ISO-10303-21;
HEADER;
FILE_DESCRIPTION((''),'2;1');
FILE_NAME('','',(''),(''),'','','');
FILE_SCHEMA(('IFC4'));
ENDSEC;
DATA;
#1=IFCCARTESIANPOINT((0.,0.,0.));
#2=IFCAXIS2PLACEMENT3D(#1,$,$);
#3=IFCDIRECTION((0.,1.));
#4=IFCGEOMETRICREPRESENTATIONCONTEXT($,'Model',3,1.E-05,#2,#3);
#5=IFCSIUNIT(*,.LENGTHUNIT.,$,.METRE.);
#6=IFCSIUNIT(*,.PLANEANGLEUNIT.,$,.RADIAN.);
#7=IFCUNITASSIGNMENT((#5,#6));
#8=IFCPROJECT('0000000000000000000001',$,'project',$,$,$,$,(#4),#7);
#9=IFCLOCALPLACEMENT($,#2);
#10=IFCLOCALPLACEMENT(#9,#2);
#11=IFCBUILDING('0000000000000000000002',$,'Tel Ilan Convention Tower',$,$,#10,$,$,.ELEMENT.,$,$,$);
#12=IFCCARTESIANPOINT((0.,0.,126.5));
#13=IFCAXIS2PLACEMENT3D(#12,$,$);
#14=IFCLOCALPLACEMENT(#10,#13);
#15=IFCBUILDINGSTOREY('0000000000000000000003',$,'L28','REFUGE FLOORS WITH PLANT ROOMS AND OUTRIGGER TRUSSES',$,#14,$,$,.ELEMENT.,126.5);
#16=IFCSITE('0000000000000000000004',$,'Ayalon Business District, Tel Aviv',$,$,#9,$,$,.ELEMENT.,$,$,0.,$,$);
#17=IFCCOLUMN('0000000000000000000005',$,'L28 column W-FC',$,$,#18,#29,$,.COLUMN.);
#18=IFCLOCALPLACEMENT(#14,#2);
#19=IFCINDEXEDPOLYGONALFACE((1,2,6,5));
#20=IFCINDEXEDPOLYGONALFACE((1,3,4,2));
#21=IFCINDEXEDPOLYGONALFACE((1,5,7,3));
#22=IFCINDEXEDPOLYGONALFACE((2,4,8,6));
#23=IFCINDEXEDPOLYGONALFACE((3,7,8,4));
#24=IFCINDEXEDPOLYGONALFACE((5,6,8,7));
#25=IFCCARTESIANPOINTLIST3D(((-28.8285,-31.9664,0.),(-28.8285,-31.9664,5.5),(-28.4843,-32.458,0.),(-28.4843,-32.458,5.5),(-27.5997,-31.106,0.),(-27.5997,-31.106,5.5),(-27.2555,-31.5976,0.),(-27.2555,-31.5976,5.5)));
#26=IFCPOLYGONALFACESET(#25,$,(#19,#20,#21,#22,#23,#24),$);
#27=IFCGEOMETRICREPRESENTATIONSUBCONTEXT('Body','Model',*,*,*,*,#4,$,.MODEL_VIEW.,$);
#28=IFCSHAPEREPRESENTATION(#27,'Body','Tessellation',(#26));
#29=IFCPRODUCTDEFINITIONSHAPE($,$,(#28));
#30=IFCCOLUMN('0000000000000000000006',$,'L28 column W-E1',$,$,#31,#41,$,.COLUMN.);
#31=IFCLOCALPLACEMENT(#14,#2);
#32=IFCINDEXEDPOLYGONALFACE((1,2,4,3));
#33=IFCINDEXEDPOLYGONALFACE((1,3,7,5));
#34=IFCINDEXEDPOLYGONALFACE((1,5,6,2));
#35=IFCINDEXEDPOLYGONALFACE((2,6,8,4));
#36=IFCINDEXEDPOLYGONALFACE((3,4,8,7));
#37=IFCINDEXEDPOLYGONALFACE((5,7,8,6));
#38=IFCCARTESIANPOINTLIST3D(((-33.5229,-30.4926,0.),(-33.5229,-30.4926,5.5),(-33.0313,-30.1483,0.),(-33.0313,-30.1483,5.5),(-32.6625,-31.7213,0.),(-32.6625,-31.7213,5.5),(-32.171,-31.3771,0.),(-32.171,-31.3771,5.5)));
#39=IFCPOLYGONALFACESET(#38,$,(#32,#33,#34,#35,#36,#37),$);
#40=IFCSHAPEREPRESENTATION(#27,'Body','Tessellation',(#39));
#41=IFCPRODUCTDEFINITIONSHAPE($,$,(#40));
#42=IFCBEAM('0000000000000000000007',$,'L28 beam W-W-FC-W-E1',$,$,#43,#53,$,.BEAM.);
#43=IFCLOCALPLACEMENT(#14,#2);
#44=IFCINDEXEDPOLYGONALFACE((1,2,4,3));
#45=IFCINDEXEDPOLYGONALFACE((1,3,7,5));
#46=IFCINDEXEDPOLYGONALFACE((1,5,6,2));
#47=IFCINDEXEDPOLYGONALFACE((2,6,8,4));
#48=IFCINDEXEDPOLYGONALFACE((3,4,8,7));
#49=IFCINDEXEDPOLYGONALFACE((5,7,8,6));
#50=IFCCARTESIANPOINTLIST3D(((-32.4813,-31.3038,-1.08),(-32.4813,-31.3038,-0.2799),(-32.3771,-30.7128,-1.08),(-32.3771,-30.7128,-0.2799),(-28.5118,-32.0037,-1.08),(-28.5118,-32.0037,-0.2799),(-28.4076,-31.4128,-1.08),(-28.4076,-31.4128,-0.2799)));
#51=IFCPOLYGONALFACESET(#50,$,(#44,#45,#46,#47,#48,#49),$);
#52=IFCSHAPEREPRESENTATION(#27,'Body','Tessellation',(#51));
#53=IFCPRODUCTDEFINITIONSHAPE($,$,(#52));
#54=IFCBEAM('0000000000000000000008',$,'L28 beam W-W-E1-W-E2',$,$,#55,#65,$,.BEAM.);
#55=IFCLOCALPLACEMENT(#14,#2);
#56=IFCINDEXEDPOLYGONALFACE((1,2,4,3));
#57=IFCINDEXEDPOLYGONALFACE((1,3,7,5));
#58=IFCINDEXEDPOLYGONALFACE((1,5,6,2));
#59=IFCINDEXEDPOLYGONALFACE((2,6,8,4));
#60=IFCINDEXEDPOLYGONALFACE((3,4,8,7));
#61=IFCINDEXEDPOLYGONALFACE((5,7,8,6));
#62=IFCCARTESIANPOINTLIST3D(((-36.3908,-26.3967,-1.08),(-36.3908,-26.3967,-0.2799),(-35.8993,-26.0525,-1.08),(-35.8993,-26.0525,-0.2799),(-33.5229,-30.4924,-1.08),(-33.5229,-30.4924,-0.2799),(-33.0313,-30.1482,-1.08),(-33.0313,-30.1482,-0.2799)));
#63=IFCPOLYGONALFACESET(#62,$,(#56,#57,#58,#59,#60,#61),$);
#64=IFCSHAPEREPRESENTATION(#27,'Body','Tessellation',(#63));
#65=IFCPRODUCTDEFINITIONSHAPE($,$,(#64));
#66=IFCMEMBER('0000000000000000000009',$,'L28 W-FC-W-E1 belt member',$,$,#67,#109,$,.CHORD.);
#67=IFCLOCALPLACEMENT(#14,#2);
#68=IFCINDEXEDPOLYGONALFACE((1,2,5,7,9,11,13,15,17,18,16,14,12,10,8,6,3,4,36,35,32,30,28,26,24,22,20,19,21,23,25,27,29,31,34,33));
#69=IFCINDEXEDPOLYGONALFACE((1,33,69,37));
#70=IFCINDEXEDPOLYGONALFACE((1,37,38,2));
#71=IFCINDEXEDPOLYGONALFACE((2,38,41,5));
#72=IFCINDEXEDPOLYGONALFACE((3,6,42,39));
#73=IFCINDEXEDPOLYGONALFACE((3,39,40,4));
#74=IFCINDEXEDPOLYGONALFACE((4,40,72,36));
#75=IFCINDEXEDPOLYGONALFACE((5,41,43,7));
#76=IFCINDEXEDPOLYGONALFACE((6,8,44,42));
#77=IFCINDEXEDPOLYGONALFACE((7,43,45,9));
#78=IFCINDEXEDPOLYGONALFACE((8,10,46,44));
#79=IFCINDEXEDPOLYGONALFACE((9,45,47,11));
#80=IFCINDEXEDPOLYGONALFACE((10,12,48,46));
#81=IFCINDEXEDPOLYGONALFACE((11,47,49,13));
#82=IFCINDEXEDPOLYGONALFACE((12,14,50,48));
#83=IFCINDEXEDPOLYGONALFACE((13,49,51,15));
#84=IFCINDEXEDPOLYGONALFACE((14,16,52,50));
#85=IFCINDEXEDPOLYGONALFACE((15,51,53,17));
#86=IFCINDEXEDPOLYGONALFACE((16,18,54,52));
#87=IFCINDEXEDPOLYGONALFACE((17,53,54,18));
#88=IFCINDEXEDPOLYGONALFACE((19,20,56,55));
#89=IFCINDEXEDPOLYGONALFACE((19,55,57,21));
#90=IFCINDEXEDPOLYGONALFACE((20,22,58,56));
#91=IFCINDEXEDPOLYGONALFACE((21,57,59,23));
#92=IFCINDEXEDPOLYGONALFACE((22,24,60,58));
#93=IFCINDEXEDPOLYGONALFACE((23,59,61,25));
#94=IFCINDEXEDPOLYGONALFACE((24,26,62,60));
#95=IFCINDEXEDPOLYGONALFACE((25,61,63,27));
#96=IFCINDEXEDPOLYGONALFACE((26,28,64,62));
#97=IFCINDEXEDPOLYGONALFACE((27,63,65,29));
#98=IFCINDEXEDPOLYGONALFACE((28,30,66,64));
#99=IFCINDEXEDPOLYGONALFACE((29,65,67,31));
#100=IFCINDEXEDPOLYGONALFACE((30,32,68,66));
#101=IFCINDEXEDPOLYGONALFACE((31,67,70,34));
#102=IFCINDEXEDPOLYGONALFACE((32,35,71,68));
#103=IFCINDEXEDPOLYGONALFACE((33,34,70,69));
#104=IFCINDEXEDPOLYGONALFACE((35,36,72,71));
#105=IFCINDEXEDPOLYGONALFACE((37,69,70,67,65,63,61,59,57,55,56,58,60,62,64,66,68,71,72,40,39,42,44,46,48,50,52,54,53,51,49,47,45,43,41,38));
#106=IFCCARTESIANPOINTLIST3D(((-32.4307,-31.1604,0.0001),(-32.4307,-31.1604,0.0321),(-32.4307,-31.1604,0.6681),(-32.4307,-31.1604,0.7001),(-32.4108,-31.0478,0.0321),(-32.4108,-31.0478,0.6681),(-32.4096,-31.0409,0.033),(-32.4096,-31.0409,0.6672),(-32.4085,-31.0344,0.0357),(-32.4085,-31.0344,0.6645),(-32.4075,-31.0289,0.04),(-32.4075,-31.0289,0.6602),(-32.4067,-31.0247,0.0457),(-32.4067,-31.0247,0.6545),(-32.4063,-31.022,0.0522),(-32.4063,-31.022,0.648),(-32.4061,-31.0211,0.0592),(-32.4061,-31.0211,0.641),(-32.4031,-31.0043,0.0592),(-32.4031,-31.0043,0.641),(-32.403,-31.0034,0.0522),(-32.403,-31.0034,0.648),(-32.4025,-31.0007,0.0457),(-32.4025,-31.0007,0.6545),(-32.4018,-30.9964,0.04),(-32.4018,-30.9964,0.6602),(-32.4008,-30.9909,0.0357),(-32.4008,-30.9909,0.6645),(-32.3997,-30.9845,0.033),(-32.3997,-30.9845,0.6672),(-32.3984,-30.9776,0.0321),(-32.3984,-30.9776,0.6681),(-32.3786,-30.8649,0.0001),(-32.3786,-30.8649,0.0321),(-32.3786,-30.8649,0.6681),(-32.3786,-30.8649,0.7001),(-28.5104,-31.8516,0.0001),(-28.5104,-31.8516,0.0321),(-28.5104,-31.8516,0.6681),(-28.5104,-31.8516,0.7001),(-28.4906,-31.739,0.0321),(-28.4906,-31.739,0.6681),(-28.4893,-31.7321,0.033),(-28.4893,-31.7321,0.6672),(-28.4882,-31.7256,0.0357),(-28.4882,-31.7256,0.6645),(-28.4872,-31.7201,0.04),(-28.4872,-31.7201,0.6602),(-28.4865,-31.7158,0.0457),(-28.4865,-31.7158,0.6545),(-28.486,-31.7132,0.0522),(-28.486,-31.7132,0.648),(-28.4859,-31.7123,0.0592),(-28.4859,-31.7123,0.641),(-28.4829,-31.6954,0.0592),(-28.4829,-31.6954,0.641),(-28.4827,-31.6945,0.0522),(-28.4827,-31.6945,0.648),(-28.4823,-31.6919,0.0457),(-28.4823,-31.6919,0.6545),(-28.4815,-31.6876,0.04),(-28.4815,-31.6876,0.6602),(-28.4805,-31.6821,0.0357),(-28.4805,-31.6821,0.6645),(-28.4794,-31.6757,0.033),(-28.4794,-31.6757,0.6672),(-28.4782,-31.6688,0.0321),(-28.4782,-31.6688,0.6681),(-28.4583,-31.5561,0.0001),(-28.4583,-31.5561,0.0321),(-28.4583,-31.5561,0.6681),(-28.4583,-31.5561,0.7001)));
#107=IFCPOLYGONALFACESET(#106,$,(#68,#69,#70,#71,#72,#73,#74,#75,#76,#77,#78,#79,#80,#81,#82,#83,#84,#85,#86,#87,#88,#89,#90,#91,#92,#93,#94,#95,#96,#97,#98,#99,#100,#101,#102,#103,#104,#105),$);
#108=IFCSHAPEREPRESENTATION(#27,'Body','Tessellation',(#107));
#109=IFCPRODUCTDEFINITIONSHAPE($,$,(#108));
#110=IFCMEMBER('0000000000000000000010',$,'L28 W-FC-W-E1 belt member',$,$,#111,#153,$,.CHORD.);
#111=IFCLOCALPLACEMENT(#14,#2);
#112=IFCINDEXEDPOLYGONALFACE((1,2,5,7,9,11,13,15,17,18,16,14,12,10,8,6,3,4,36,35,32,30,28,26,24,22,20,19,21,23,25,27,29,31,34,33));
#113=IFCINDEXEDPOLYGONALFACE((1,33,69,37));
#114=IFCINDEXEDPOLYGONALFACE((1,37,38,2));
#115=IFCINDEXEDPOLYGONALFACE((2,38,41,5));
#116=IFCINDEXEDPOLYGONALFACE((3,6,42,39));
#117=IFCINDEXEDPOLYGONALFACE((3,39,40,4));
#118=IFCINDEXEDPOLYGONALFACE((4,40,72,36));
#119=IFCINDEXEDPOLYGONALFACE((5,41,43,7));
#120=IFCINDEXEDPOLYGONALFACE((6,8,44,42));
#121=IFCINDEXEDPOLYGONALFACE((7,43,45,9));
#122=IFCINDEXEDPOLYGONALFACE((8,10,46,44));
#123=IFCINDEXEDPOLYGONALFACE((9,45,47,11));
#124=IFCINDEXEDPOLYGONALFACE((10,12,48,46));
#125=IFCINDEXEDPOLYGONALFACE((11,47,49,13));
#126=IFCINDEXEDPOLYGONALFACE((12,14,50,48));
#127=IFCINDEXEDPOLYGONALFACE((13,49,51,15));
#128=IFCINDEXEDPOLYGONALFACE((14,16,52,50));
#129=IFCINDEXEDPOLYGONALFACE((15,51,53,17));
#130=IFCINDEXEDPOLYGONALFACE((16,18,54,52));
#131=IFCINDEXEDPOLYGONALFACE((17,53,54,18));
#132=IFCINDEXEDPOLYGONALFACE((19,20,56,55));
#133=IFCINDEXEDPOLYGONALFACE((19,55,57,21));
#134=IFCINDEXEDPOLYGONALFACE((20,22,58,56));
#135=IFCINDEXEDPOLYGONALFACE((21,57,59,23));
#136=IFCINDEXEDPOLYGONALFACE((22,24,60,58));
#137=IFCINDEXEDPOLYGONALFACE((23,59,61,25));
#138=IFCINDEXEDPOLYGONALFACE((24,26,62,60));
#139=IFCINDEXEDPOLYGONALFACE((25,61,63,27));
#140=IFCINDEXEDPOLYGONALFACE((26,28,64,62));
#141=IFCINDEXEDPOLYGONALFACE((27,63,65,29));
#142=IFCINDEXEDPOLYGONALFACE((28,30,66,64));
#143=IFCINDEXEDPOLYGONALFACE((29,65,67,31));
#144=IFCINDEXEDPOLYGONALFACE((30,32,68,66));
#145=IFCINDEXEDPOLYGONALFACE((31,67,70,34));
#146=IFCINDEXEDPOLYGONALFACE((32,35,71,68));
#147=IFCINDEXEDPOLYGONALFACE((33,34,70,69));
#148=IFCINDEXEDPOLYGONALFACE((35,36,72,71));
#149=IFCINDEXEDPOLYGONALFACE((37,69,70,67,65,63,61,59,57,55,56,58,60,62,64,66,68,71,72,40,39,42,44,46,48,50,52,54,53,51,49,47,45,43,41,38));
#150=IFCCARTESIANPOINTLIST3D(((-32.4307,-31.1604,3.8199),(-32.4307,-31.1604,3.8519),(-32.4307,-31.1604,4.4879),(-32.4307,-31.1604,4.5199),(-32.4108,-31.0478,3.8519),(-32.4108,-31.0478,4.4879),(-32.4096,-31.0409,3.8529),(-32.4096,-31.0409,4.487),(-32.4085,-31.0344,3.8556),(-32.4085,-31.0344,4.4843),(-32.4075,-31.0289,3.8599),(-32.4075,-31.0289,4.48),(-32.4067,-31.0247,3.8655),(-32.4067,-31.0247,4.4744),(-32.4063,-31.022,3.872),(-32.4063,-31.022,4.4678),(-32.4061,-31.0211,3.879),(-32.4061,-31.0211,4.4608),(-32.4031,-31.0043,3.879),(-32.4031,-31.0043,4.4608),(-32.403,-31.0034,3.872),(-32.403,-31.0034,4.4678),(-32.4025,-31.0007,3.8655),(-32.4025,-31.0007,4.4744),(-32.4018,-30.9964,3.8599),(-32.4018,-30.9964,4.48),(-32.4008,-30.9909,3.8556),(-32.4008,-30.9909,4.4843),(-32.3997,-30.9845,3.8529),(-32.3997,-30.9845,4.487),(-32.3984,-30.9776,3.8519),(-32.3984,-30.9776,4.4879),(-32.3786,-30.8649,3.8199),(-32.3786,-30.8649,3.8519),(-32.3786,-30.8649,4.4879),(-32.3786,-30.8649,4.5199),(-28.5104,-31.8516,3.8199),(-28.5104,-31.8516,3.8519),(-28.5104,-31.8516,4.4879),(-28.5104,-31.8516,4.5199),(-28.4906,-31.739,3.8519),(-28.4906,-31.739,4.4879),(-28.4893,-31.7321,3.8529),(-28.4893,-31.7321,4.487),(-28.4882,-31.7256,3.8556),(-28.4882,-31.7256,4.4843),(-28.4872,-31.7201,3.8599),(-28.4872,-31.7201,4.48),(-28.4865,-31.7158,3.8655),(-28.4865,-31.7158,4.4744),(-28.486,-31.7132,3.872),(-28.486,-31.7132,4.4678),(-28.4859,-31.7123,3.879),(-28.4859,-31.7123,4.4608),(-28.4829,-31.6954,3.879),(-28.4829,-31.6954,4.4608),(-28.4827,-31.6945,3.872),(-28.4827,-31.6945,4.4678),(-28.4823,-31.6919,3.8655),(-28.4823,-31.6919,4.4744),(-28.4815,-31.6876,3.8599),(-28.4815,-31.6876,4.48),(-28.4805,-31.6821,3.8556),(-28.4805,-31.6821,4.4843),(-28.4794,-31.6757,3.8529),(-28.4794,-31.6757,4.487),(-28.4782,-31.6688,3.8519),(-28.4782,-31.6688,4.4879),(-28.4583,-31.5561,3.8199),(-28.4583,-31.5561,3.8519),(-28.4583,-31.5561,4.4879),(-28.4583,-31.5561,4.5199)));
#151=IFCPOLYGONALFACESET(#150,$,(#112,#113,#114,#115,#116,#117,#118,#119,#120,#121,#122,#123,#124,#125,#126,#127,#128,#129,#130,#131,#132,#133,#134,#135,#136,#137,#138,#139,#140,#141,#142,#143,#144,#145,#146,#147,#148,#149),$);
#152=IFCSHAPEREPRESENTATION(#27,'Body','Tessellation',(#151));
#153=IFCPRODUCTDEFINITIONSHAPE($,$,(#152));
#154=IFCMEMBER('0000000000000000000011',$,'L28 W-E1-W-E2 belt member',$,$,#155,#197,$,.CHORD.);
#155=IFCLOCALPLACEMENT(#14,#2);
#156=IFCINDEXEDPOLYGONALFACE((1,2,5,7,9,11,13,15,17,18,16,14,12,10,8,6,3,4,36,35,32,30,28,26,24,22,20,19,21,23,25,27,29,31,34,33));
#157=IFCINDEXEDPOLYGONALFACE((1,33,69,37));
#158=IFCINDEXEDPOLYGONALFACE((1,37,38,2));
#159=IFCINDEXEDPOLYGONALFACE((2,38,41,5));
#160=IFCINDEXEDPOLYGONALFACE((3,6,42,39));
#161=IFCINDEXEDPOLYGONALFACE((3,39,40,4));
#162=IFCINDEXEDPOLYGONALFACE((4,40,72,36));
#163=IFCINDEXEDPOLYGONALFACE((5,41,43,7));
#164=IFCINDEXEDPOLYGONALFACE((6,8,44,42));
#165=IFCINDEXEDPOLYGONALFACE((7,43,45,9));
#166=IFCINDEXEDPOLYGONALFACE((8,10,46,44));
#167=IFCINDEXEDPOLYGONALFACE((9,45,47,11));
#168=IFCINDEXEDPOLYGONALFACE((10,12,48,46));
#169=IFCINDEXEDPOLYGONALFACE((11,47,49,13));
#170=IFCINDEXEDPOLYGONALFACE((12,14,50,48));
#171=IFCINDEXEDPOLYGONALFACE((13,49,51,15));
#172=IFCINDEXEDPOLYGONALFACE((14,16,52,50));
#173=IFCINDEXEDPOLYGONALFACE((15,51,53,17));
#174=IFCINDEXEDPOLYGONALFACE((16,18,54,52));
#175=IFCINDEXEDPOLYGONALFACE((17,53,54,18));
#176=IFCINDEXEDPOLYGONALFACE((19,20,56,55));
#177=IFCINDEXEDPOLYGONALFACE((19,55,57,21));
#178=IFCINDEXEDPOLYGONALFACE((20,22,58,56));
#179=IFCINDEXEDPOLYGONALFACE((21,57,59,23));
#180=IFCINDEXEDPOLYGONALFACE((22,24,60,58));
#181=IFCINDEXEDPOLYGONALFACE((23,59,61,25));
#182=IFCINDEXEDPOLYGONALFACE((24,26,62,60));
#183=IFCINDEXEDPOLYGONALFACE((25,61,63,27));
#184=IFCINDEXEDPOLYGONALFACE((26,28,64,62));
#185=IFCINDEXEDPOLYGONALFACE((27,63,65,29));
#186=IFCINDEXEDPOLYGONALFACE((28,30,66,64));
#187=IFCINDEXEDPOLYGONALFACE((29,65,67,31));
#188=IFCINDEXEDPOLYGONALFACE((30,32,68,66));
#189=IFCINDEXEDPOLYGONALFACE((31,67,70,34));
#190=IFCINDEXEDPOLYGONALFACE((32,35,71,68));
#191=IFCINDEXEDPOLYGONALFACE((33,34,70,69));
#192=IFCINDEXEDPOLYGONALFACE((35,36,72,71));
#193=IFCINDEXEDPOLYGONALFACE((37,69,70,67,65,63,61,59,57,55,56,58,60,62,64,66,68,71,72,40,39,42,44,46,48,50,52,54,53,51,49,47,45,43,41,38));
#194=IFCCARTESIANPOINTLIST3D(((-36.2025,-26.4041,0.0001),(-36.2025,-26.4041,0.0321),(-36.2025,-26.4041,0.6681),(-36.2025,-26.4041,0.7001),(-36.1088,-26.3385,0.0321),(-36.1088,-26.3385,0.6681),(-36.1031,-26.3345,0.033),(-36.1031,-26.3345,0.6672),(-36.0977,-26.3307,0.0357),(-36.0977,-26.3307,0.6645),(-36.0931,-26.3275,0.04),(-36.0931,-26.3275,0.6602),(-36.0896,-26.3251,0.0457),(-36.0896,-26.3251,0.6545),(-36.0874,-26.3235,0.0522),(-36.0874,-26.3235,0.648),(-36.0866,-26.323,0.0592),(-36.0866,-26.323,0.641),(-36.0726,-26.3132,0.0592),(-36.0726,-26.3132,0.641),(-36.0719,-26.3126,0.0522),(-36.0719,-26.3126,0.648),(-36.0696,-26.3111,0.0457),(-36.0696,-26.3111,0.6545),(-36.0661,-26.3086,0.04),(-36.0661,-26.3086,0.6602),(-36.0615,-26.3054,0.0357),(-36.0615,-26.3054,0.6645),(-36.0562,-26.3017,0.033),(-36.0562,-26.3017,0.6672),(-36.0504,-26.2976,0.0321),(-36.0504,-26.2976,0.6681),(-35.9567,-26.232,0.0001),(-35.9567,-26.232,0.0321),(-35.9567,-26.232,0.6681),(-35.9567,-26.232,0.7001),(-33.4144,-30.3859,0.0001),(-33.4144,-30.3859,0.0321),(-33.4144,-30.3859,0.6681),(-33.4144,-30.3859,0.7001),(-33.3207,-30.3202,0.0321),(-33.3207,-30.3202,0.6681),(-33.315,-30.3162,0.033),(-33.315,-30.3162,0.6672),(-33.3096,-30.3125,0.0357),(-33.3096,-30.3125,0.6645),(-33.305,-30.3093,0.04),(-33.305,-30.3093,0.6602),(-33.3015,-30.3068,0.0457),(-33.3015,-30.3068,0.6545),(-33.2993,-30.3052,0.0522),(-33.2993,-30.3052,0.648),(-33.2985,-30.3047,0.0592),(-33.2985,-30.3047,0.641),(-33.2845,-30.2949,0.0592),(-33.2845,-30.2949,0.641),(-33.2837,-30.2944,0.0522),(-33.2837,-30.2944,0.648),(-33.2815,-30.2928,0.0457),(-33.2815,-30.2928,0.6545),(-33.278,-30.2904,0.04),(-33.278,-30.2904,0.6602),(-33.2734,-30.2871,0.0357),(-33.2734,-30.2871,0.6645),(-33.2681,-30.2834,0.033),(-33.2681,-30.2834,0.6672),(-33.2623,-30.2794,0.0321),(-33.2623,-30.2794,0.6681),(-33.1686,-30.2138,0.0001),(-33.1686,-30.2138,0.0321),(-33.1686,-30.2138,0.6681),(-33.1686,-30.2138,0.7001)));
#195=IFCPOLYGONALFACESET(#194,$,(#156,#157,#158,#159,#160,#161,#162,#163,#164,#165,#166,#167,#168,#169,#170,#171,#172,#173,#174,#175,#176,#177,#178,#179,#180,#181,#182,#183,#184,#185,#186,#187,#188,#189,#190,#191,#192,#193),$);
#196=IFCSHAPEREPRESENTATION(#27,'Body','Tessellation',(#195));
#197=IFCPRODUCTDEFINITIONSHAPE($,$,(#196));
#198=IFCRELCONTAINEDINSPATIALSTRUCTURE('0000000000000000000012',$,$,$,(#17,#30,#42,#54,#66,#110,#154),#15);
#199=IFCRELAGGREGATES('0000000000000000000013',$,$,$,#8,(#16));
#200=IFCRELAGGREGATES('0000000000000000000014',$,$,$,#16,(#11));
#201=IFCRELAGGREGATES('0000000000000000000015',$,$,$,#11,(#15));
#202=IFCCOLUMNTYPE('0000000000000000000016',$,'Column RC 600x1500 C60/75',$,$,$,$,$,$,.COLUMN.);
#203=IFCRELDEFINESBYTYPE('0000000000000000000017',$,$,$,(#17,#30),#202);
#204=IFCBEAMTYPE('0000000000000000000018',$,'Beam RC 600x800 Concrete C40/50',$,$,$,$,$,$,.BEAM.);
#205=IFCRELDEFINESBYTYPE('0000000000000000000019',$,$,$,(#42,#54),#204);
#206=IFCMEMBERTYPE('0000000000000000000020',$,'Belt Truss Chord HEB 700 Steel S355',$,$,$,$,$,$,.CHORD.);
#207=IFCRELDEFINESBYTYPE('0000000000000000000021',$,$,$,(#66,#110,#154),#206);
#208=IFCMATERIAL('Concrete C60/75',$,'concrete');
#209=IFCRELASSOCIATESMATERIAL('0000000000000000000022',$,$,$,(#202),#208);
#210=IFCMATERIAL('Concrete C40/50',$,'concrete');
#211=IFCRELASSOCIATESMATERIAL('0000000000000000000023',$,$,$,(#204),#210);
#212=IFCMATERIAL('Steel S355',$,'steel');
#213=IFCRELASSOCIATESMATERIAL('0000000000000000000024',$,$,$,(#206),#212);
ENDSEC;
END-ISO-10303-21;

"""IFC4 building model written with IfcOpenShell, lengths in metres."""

from ifc_helpers import new_model, si_unit, direction, frame, origin, origin_2d, place, context, subcontext, project, spatial, rectangle, i_section, extrude, material, material_profile, profile_set, type_object, element, save


model = new_model("IFC4")

# Units and contexts
model_context = context("Model", 3, precision=1e-05, world=origin(), true_north=direction((0.0, 1.0)))
body_context = subcontext(model_context, "Body", "Model", "MODEL_VIEW")
ifc_project = project(units=[si_unit("LENGTHUNIT", "METRE"), si_unit("PLANEANGLEUNIT", "RADIAN")], contexts=[model_context])

# Site, building, storey
site_placement = place(None, origin())
site = spatial("IfcSite", under=ifc_project, at=site_placement, Name="Ayalon Business District, Tel Aviv", CompositionType="ELEMENT", RefElevation=0.0)
building_placement = place(site_placement, origin())
building = spatial("IfcBuilding", under=site, at=building_placement, Name="Tel Ilan Convention Tower", CompositionType="ELEMENT")
storey_placement = place(building_placement, frame((0.0, 0.0, 126.5)))
storey = spatial("IfcBuildingStorey", under=building, at=storey_placement, Name="L28", Description="REFUGE FLOORS WITH PLANT ROOMS AND OUTRIGGER TRUSSES", CompositionType="ELEMENT", Elevation=126.5)

# Columns
ifc_material_1 = material(Name="Concrete C60/75", Category="concrete")
ifc_material_profile_1 = material_profile(ifc_material_1, rectangle(XDim=1.5, YDim=0.6001, at=origin_2d()), Name="RC 600x1500")
ifc_profile_set_1 = profile_set([ifc_material_profile_1], Name="Concrete C60/75")
column_type = type_object("IfcColumnType", Name="Column RC 600x1500 C60/75", PredefinedType="COLUMN", material=ifc_profile_set_1)
for number, where, z_axis, x_axis, name in (
    (1, (-28.042, -31.782, 0.0), (0.0, 0.0, 1.0), (-0.819152, -0.573576, 0.0), "L28 column W-FC"),
    (2, (-32.8469, -30.9348, 0.0), (0.0, 0.0, 1.0), (-0.573576, 0.819152, 0.0), "L28 column W-E1"),
):
    element("IfcColumn", number, at=place(storey_placement, frame(where, z_axis=z_axis, x_axis=x_axis)), inside=storey, type_object=column_type, Name=name, PredefinedType="COLUMN", context=body_context, shape_type="SweptSolid", body=[
        extrude(rectangle(XDim=1.5, YDim=0.6001, at=origin_2d()), origin(), (0.0, 0.0, 1.0), 5.5),
    ])

# Beams
ifc_material_2 = material(Name="Concrete C40/50", Category="concrete")
ifc_material_profile_2 = material_profile(ifc_material_2, rectangle(XDim=0.6001, YDim=0.8, at=origin_2d()), Name="RC 600x800")
ifc_profile_set_2 = profile_set([ifc_material_profile_2], Name="Concrete C40/50")
beam_type = type_object("IfcBeamType", Name="Beam RC 600x800 Concrete C40/50", PredefinedType="BEAM", material=ifc_profile_set_2)
beam_1_placement = place(storey_placement, frame((-28.4597, -31.7083, -0.6799), z_axis=(-0.984807, 0.173654, 0.0), x_axis=(-0.173654, -0.984807, 0.0)))
element("IfcBeam", 3, at=beam_1_placement, inside=storey, type_object=beam_type, Name="L28 beam W-W-FC-W-E1", PredefinedType="BEAM", context=body_context, shape_type="SweptSolid", body=[
    extrude(rectangle(XDim=0.6001, YDim=0.8, at=origin_2d()), origin(), (0.0, 0.0, 1.0), 4.0308),
])
beam_2_placement = place(storey_placement, frame((-33.2771, -30.3203, -0.6799), z_axis=(-0.573587, 0.819145, 0.0), x_axis=(-0.819145, -0.573587, 0.0)))
element("IfcBeam", 4, at=beam_2_placement, inside=storey, type_object=beam_type, Name="L28 beam W-W-E1-W-E2", PredefinedType="BEAM", context=body_context, shape_type="SweptSolid", body=[
    extrude(rectangle(XDim=0.6001, YDim=0.8, at=origin_2d()), origin(), (0.0, 0.0, 1.0), 5.0),
])

# Members
ifc_material_3 = material(Name="Steel S355", Category="steel")
ifc_material_profile_3 = material_profile(ifc_material_3, i_section(OverallWidth=0.3, OverallDepth=0.7, WebThickness=0.0171, FlangeThickness=0.032, FilletRadius=0.0271, at=origin_2d()), Name="HEB 700")
ifc_profile_set_3 = profile_set([ifc_material_profile_3], Name="Steel S355")
member_type_1 = type_object("IfcMemberType", Name="Belt Truss Chord HEB 700 Steel S355", PredefinedType="CHORD", material=ifc_profile_set_3)
for number, where, z_axis, x_axis, name in (
    (5, (-28.4844, -31.7039, 0.3501), (-0.984811, 0.173631, 0.0), (-0.173631, -0.984811, 0.0), "L28 W-FC-W-E1 belt member"),
    (6, (-28.4844, -31.7039, 4.1699), (-0.984811, 0.173631, 0.0), (-0.173631, -0.984811, 0.0), "L28 W-FC-W-E1 belt member"),
):
    element("IfcMember", number, at=place(storey_placement, frame(where, z_axis=z_axis, x_axis=x_axis)), inside=storey, type_object=member_type_1, Name=name, PredefinedType="CHORD", context=body_context, shape_type="SweptSolid", body=[
        extrude(i_section(OverallWidth=0.3, OverallDepth=0.7, WebThickness=0.0171, FlangeThickness=0.032, FilletRadius=0.0271, at=origin_2d()), origin(), (0.0, 0.0, 1.0), 3.9807),
    ])
member_1_placement = place(storey_placement, frame((-33.2915, -30.2998, 0.3501), z_axis=(-0.573587, 0.819145, 0.0), x_axis=(-0.819145, -0.573587, 0.0)))
element("IfcMember", 7, at=member_1_placement, inside=storey, type_object=member_type_1, Name="L28 W-E1-W-E2 belt member", PredefinedType="CHORD", context=body_context, shape_type="SweptSolid", body=[
    extrude(i_section(OverallWidth=0.3, OverallDepth=0.7, WebThickness=0.0171, FlangeThickness=0.032, FilletRadius=0.0271, at=origin_2d()), origin(), (0.0, 0.0, 1.0), 4.8608),
])

save(model, "model.ifc")
